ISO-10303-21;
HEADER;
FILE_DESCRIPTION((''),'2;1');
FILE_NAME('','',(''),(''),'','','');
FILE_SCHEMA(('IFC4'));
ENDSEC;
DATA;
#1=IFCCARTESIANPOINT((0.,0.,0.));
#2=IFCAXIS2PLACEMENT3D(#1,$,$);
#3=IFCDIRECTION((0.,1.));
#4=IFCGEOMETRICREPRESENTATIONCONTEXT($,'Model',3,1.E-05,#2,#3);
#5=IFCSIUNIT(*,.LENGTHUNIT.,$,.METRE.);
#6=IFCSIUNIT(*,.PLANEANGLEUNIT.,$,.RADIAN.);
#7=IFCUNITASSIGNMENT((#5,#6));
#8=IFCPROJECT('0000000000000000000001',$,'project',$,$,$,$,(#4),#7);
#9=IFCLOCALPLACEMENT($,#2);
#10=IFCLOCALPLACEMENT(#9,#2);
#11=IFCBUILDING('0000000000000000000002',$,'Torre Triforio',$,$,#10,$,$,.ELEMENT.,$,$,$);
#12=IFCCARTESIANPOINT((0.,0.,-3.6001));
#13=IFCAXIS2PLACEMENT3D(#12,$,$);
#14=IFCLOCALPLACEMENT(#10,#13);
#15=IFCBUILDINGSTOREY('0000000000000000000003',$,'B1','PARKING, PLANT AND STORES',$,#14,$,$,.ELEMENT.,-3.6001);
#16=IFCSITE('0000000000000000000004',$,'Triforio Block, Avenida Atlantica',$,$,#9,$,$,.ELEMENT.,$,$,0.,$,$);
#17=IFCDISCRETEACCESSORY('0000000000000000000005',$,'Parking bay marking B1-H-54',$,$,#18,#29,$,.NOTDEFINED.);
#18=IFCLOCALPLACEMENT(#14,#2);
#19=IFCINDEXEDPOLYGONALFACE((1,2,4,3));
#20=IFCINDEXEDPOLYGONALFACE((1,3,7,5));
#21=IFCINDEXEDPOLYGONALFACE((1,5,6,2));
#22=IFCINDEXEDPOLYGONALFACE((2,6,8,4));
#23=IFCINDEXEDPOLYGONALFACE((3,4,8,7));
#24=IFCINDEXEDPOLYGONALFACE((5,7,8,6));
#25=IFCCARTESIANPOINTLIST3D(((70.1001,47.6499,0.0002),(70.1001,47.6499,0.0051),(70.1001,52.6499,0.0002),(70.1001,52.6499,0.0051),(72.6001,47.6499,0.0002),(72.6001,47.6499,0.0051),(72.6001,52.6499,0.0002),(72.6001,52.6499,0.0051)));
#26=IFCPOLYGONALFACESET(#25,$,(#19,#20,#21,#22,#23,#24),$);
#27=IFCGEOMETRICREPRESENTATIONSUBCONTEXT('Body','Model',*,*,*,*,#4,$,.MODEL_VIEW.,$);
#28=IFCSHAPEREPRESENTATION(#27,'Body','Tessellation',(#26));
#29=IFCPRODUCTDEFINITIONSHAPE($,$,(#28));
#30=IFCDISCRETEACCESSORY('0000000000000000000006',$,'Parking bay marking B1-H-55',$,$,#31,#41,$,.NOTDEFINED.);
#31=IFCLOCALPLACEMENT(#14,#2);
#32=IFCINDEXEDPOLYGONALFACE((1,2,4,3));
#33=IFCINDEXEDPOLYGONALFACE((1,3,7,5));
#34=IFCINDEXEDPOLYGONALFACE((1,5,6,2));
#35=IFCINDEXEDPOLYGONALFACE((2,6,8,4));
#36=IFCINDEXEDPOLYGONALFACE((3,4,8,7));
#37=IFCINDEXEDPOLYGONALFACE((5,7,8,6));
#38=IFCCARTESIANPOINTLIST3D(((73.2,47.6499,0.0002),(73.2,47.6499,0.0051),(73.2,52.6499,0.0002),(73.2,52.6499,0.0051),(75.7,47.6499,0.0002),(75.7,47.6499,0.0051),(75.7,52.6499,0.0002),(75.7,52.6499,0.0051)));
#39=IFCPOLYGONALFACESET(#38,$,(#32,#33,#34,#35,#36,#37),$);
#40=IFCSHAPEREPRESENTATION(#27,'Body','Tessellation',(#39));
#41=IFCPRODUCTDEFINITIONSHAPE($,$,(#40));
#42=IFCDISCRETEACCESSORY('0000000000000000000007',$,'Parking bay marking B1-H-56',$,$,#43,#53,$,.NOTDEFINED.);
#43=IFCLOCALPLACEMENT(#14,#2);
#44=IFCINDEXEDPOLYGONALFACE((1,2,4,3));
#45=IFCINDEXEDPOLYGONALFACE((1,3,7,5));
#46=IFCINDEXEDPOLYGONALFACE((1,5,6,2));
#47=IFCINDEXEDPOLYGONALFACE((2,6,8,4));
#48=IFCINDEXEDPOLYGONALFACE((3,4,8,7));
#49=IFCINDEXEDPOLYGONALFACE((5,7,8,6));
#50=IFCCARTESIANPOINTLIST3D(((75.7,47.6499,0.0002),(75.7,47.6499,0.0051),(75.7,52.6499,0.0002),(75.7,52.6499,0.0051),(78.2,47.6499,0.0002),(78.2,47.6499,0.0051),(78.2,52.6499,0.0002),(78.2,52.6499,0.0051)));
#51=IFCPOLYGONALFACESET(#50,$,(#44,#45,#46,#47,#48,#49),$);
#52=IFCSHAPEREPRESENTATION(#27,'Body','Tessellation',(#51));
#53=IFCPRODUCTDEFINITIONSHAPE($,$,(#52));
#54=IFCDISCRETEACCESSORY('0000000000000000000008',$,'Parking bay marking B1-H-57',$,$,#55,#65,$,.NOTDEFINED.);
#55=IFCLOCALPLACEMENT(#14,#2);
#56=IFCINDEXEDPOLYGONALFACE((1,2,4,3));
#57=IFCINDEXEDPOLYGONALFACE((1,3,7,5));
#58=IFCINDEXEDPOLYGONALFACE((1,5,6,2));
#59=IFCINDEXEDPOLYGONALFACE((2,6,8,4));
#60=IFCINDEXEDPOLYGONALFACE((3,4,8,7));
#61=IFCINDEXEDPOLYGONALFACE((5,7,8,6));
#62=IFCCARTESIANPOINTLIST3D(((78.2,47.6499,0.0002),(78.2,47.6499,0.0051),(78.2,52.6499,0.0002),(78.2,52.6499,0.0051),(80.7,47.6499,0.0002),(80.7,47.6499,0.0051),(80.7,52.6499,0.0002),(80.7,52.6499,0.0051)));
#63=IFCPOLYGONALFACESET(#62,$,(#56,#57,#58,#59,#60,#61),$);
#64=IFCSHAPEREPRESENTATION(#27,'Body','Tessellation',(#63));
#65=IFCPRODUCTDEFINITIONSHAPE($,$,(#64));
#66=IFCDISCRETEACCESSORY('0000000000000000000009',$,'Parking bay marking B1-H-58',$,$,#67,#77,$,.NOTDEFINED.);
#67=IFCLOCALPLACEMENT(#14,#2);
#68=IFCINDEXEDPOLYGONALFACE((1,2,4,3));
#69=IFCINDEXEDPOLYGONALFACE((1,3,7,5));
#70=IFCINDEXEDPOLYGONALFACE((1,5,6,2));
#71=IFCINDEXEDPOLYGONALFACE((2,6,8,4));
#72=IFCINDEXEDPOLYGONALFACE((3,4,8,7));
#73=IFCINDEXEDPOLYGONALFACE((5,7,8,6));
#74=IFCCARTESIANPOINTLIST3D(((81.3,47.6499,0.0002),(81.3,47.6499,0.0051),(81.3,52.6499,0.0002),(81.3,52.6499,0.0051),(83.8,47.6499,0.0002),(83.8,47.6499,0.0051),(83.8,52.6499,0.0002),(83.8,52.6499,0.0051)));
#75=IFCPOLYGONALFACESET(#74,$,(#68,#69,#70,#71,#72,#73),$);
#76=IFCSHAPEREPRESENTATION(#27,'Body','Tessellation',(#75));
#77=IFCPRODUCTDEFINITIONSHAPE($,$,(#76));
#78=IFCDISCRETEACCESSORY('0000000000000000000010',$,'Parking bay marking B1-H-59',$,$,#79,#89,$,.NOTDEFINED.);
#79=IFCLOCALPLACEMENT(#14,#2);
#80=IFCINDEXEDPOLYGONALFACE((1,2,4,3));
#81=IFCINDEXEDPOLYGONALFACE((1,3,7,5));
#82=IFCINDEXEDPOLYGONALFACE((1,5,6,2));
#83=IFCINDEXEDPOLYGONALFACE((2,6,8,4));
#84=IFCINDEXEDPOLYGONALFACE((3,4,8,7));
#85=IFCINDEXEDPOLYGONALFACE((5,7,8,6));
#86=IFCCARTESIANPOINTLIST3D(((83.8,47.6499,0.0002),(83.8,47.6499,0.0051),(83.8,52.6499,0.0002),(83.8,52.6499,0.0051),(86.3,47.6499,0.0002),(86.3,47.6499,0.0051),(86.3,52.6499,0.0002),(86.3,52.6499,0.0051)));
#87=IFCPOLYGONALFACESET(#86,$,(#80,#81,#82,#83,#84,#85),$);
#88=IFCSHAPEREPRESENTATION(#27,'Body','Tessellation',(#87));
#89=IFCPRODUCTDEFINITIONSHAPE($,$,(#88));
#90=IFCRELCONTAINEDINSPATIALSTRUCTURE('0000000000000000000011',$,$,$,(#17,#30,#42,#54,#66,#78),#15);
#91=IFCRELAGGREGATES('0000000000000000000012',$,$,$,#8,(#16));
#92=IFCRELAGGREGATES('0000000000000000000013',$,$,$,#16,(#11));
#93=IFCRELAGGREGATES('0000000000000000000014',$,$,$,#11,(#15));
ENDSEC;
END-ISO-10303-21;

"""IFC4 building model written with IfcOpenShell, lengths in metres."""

from ifc_helpers import new_model, si_unit, direction, frame, origin, origin_2d, place, context, subcontext, project, spatial, rectangle, extrude, element, save


model = new_model("IFC4")

# Units and contexts
model_context = context("Model", 3, precision=1e-05, world=origin(), true_north=direction((0.0, 1.0)))
body_context = subcontext(model_context, "Body", "Model", "MODEL_VIEW")
ifc_project = project(units=[si_unit("LENGTHUNIT", "METRE"), si_unit("PLANEANGLEUNIT", "RADIAN")], contexts=[model_context])

# Site, building, storey
site_placement = place(None, origin())
site = spatial("IfcSite", under=ifc_project, at=site_placement, Name="Triforio Block, Avenida Atlantica", CompositionType="ELEMENT", RefElevation=0.0)
building_placement = place(site_placement, origin())
building = spatial("IfcBuilding", under=site, at=building_placement, Name="Torre Triforio", CompositionType="ELEMENT")
storey_placement = place(building_placement, frame((0.0, 0.0, -3.6001)))
storey = spatial("IfcBuildingStorey", under=building, at=storey_placement, Name="B1", Description="PARKING, PLANT AND STORES", CompositionType="ELEMENT", Elevation=-3.6001)

# Discrete accessories
for number, where, z_axis, x_axis, name in (
    (1, (71.3501, 50.1499, 0.0002), (0.0, 0.0, 1.0), (1.0, 0.0, 0.0), "Parking bay marking B1-H-54"),
    (2, (74.45, 50.1499, 0.0002), (0.0, 0.0, 1.0), (1.0, 0.0, 0.0), "Parking bay marking B1-H-55"),
    (3, (76.95, 50.1499, 0.0002), (0.0, 0.0, 1.0), (1.0, 0.0, 0.0), "Parking bay marking B1-H-56"),
    (4, (79.45, 50.1499, 0.0002), (0.0, 0.0, 1.0), (1.0, 0.0, 0.0), "Parking bay marking B1-H-57"),
    (5, (82.55, 50.1499, 0.0002), (0.0, 0.0, 1.0), (1.0, 0.0, 0.0), "Parking bay marking B1-H-58"),
    (6, (85.05, 50.1499, 0.0002), (0.0, 0.0, 1.0), (1.0, 0.0, 0.0), "Parking bay marking B1-H-59"),
):
    element("IfcDiscreteAccessory", number, at=place(storey_placement, frame(where, z_axis=z_axis, x_axis=x_axis)), inside=storey, Name=name, PredefinedType="NOTDEFINED", context=body_context, shape_type="SweptSolid", body=[
        extrude(rectangle(XDim=2.5, YDim=5.0, at=origin_2d()), origin(), (0.0, 0.0, 1.0), 0.0049),
    ])

save(model, "model.ifc")
